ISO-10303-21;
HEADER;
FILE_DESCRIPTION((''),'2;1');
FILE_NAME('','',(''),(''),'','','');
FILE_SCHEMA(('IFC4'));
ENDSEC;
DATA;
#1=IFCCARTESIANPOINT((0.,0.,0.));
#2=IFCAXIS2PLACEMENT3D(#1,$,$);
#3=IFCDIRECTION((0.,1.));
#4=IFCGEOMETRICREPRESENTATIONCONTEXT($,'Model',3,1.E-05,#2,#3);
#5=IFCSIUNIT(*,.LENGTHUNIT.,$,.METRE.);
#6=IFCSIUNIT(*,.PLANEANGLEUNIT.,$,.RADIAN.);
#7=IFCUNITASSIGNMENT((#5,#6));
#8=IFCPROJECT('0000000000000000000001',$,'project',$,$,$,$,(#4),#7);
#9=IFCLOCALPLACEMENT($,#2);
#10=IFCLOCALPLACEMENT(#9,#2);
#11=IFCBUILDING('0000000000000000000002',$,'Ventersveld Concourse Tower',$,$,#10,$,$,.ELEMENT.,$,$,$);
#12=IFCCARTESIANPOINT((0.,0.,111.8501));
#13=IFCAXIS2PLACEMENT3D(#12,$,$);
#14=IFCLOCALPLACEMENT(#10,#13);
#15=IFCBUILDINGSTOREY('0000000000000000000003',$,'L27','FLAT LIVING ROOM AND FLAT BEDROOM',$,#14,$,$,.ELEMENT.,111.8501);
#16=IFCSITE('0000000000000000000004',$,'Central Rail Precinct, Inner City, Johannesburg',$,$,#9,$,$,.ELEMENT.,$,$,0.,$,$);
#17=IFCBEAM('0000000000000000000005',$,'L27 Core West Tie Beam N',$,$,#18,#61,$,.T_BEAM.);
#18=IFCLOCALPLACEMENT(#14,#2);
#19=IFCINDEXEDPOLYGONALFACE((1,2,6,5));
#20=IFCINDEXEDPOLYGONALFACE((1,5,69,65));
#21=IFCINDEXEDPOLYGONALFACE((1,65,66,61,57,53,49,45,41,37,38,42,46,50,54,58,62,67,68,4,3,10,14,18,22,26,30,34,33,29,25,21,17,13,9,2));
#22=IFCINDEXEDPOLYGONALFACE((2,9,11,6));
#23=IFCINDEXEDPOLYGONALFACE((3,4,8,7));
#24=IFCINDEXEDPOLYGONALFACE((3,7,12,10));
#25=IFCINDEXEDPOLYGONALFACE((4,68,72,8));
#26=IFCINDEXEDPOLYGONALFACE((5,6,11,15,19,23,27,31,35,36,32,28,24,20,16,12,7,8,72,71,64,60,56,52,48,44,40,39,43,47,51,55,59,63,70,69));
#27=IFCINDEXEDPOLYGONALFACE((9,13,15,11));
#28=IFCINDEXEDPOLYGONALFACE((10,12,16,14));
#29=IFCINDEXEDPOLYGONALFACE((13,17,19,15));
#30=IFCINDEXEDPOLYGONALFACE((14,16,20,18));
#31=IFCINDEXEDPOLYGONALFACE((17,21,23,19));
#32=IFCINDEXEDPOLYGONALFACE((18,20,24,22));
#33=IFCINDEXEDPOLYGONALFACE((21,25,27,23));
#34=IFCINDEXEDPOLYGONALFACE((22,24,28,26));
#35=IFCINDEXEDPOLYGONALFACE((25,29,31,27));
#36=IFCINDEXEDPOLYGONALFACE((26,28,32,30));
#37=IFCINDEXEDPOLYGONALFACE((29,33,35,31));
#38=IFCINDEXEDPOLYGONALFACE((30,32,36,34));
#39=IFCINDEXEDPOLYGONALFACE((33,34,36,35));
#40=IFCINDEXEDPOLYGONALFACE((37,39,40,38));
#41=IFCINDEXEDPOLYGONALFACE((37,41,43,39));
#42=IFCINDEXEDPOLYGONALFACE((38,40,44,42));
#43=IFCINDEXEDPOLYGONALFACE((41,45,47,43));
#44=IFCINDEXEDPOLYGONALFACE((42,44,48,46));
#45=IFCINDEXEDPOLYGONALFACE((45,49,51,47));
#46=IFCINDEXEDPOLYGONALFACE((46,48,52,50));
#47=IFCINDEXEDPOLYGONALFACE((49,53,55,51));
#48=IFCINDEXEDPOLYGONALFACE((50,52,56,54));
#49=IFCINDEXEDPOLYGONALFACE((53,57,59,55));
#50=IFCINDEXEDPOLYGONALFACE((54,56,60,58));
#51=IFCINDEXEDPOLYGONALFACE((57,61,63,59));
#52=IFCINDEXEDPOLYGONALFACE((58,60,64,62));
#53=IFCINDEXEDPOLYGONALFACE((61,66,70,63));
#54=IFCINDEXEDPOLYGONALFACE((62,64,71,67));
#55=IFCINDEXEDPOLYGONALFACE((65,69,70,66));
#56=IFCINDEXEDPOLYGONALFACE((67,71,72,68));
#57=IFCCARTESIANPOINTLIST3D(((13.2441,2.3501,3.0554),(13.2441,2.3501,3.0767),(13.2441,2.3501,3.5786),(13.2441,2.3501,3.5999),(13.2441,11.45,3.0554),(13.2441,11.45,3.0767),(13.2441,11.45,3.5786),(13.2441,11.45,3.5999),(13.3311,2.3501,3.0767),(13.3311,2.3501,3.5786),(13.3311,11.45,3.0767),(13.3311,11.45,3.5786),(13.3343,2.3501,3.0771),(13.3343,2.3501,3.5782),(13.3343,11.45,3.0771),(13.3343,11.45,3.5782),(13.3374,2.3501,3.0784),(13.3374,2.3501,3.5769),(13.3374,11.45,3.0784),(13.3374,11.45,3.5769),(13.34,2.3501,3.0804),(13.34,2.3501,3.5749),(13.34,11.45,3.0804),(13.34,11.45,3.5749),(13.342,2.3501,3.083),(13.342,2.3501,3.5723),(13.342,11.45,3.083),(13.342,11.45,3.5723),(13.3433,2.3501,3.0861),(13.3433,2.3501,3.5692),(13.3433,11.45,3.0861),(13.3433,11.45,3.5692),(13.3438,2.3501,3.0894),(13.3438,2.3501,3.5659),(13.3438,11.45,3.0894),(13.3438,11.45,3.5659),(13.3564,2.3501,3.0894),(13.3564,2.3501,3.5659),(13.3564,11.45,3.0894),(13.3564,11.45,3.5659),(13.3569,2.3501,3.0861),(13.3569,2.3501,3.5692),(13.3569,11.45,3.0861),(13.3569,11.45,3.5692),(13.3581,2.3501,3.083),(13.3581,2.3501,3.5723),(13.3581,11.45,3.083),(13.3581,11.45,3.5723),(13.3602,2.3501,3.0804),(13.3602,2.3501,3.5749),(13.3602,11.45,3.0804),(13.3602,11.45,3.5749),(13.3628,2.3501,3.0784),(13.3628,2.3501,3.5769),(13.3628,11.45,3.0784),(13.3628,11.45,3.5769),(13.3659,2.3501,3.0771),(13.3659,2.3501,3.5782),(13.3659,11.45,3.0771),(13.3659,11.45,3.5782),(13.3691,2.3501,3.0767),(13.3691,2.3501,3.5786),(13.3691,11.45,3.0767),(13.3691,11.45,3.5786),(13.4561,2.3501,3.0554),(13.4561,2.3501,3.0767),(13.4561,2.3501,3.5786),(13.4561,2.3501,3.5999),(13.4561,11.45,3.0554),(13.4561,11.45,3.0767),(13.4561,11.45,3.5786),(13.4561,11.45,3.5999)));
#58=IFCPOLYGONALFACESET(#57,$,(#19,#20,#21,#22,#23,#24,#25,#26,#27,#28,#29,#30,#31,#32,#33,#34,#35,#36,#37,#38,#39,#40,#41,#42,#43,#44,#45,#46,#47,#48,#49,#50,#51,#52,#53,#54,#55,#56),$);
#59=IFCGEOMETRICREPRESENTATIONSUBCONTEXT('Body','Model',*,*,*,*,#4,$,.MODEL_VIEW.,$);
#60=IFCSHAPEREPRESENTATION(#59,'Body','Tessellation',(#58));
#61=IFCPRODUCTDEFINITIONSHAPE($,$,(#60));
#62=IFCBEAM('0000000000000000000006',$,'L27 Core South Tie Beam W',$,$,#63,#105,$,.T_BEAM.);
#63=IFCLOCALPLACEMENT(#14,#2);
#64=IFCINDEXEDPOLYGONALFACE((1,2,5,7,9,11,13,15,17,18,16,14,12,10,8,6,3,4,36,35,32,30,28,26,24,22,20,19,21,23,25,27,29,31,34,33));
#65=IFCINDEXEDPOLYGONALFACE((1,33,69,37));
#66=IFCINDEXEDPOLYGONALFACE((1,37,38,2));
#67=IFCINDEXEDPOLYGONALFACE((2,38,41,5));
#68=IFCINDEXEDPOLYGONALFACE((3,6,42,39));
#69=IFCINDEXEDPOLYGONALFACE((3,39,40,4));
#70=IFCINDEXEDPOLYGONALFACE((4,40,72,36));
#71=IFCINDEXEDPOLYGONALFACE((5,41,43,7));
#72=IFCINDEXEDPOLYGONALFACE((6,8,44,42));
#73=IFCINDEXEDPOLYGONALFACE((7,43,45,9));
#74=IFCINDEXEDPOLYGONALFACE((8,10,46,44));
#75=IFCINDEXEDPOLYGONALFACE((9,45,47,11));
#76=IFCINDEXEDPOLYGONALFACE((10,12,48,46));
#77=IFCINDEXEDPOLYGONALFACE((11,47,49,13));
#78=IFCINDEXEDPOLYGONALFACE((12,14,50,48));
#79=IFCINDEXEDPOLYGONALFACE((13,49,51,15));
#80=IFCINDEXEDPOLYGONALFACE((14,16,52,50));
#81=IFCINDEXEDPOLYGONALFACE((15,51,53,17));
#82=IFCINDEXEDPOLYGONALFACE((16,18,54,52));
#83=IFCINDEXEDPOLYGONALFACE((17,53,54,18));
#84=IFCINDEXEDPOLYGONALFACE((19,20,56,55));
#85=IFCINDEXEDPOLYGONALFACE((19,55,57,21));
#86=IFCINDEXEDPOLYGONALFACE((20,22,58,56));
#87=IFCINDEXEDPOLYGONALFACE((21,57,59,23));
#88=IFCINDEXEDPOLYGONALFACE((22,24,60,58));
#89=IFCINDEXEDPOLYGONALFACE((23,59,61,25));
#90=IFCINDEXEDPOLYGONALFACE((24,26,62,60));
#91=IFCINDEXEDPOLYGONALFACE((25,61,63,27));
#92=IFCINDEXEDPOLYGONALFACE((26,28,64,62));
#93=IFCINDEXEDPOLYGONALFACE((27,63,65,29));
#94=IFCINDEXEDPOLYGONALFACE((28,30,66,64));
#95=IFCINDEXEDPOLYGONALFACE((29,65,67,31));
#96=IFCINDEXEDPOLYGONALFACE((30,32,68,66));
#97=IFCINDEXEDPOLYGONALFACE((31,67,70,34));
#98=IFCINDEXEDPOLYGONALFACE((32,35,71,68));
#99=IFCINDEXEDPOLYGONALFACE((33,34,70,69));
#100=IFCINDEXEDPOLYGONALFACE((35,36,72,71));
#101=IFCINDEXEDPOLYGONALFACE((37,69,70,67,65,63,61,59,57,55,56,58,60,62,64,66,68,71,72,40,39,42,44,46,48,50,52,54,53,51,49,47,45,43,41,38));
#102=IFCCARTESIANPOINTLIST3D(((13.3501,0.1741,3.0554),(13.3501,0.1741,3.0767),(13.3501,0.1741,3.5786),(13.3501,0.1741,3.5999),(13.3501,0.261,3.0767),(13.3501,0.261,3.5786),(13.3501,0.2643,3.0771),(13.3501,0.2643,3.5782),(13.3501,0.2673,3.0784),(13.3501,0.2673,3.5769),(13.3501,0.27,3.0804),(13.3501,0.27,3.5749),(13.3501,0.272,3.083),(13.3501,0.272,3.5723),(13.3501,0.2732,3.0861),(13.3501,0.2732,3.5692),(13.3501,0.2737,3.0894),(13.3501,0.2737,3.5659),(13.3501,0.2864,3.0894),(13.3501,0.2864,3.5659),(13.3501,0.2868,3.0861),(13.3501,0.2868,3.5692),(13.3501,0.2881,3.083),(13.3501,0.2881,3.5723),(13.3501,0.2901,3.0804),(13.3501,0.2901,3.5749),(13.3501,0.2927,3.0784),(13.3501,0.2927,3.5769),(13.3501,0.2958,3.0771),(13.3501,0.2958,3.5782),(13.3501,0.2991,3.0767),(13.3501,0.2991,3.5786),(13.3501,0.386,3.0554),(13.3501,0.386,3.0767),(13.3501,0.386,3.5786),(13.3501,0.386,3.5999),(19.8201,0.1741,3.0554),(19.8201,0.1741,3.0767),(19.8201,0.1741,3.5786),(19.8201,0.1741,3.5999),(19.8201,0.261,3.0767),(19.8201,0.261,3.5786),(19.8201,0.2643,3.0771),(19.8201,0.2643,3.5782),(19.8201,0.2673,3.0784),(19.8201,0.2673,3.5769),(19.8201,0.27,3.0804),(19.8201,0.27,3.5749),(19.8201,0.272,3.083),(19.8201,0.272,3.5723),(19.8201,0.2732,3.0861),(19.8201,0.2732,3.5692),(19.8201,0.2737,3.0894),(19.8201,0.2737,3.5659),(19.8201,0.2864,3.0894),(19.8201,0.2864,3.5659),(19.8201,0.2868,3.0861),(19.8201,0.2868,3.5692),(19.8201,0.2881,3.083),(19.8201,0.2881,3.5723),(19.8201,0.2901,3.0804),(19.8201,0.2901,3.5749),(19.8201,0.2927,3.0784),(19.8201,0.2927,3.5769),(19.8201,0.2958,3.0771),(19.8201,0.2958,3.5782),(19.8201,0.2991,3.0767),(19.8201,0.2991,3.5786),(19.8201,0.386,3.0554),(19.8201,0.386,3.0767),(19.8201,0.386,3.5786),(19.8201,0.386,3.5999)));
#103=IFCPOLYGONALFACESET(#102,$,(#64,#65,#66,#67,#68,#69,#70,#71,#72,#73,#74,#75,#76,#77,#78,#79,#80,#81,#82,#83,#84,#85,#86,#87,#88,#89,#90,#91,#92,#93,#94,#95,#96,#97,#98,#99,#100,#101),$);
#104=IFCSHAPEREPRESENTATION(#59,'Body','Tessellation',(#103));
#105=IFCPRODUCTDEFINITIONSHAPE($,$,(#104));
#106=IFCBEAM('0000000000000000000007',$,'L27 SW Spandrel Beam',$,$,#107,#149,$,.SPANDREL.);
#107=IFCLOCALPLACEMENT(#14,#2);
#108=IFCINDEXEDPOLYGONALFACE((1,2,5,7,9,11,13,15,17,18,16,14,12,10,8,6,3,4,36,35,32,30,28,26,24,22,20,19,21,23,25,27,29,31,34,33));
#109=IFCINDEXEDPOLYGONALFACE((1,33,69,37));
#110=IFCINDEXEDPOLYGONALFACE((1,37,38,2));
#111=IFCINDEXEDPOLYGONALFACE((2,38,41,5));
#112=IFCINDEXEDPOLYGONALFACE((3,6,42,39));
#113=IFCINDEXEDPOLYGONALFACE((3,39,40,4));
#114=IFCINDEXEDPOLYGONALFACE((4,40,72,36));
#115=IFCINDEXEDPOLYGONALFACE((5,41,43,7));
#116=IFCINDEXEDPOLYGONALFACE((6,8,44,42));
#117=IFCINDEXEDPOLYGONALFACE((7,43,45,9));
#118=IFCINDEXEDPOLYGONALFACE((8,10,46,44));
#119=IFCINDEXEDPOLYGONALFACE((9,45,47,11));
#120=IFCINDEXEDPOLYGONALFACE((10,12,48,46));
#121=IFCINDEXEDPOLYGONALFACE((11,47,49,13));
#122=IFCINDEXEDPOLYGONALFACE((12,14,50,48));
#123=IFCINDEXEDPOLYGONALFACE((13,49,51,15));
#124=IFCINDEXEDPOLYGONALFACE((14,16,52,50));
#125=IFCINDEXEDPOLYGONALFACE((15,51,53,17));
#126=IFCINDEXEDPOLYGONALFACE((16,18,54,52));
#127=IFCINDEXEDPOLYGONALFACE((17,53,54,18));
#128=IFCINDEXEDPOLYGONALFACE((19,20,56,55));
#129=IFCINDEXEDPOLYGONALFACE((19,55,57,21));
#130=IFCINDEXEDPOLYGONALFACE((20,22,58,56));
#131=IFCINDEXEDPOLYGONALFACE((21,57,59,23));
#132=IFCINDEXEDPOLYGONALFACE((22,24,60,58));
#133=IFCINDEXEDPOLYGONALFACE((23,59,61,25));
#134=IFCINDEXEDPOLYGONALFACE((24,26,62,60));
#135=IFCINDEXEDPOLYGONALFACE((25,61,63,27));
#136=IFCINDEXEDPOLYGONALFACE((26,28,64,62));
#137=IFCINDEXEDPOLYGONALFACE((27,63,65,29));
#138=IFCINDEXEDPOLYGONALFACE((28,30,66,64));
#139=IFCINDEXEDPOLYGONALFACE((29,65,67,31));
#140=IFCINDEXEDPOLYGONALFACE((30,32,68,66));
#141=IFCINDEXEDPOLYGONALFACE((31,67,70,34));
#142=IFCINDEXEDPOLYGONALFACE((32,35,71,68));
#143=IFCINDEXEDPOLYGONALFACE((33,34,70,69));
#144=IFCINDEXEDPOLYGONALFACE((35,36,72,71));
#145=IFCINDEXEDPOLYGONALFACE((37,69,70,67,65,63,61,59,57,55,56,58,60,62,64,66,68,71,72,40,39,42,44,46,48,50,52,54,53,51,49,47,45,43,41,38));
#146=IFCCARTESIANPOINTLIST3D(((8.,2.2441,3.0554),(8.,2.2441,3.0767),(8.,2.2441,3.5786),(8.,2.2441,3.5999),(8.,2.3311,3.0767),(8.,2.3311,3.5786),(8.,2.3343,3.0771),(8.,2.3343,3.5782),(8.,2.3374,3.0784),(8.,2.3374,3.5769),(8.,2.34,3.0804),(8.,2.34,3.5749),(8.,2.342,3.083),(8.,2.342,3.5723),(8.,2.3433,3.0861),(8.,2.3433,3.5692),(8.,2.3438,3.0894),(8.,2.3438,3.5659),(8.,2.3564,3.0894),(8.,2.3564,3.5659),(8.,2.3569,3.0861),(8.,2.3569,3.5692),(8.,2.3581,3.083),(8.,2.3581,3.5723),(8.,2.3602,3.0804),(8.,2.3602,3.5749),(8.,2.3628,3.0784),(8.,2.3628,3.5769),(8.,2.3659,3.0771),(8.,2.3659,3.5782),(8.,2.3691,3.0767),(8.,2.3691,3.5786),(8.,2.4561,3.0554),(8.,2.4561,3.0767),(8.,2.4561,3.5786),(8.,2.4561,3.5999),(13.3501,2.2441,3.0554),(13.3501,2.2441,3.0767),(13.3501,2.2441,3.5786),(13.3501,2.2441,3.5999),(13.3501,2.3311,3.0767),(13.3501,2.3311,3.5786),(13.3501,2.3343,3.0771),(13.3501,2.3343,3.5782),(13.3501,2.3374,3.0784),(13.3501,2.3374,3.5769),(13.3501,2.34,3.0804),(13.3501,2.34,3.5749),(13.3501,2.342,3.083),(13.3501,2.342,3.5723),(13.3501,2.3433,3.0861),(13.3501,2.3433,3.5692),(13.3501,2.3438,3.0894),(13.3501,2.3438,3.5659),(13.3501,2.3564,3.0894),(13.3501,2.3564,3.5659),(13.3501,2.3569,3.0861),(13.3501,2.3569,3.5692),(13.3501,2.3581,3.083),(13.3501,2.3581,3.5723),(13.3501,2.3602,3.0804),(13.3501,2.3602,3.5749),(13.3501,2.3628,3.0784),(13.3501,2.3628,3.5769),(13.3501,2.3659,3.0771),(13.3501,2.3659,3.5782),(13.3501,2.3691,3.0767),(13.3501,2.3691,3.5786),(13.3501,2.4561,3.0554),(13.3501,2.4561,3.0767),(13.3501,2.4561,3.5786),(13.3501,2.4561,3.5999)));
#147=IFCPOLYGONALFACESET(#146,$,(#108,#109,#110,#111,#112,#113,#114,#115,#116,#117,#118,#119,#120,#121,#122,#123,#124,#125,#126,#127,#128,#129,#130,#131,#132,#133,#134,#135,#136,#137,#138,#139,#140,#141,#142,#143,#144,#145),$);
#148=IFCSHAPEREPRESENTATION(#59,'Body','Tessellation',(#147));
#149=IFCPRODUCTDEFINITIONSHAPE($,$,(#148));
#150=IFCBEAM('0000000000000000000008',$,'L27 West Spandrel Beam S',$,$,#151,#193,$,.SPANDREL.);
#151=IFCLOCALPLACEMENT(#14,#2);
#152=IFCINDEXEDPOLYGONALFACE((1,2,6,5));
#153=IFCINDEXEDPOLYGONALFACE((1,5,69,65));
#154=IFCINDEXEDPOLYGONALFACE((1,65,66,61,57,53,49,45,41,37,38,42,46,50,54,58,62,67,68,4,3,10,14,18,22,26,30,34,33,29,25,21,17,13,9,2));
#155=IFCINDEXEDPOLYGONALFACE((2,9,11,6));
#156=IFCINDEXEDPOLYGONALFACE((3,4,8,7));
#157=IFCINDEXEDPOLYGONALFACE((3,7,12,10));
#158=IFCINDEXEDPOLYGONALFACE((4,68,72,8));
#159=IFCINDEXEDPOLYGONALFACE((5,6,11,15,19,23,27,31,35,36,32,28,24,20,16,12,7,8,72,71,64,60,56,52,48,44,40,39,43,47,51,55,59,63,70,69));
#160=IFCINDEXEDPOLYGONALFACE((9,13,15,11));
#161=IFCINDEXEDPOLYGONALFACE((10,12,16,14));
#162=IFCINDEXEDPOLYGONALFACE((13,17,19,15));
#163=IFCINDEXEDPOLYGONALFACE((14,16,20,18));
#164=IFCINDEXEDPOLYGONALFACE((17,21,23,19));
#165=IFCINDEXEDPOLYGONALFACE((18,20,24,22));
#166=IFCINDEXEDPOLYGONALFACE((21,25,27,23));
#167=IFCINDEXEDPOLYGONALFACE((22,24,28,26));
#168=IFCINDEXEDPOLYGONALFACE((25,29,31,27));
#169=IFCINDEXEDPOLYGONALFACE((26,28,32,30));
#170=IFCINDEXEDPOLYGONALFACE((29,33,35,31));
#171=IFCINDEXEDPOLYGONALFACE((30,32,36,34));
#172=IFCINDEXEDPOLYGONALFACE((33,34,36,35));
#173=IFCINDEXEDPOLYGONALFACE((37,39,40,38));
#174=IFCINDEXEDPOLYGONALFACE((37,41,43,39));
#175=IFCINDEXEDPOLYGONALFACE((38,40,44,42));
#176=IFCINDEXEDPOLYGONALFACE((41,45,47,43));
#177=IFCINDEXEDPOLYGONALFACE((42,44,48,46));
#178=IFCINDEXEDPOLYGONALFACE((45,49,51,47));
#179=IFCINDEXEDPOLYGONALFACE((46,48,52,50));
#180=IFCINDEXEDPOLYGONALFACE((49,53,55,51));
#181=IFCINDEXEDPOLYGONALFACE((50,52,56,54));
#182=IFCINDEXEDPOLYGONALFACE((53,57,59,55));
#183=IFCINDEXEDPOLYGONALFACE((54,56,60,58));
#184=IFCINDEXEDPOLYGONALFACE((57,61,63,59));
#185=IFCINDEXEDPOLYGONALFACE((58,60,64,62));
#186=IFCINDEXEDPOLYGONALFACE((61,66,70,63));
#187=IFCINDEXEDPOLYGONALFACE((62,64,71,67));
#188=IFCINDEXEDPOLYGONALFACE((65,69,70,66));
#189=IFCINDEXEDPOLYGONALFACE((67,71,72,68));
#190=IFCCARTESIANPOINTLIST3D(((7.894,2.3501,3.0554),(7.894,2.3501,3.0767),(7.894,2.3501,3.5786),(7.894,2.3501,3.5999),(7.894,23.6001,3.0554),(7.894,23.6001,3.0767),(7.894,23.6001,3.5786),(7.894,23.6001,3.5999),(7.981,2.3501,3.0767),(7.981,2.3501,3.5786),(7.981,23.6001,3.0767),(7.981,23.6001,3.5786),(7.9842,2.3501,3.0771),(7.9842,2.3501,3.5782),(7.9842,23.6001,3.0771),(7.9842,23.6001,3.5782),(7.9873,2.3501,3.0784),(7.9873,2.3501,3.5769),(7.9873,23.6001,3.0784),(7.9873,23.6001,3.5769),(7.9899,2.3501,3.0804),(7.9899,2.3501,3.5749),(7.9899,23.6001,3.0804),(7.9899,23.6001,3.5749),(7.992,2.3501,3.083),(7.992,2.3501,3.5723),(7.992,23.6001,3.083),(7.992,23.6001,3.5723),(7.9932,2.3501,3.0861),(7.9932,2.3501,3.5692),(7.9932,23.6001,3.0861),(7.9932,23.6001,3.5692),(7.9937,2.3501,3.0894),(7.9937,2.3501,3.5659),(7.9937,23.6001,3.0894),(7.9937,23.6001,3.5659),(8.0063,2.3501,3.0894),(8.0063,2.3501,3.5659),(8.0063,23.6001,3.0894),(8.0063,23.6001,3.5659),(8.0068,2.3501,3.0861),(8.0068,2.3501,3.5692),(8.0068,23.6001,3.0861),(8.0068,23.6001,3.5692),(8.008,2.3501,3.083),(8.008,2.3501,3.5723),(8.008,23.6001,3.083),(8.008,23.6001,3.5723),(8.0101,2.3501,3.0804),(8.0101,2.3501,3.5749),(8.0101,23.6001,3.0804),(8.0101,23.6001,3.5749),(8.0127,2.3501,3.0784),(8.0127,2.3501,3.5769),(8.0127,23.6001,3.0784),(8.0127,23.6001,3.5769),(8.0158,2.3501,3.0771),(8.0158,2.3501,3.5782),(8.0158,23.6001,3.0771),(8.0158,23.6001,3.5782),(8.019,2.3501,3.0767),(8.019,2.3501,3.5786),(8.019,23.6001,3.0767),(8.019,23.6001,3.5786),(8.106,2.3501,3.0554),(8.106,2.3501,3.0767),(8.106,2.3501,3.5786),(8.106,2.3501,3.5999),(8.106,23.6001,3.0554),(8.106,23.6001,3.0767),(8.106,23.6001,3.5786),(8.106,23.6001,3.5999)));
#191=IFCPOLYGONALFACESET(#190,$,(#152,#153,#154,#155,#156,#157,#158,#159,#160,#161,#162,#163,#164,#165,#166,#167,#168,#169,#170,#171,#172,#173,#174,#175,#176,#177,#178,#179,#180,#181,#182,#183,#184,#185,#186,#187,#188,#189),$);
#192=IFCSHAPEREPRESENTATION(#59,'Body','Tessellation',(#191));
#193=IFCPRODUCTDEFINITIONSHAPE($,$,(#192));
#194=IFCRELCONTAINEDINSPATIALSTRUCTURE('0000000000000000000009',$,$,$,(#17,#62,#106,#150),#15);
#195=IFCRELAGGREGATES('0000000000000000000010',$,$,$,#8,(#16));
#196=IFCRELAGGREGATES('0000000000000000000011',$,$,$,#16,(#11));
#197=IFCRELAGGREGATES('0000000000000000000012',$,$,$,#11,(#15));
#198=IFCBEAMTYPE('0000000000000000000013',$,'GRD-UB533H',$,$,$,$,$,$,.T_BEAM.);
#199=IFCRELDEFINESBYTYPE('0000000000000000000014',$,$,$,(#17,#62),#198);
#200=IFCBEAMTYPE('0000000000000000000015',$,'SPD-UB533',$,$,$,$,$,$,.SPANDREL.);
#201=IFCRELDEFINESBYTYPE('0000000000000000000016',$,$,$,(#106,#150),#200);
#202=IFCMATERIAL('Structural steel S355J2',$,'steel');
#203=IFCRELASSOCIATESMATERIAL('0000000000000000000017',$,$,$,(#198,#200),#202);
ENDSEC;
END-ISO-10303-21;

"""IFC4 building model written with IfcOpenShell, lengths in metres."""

from ifc_helpers import new_model, si_unit, direction, frame, origin, origin_2d, place, context, subcontext, project, spatial, i_section, extrude, material, material_profile, profile_set, type_object, element, save


model = new_model("IFC4")

# Units and contexts
model_context = context("Model", 3, precision=1e-05, world=origin(), true_north=direction((0.0, 1.0)))
body_context = subcontext(model_context, "Body", "Model", "MODEL_VIEW")
ifc_project = project(units=[si_unit("LENGTHUNIT", "METRE"), si_unit("PLANEANGLEUNIT", "RADIAN")], contexts=[model_context])

# Site, building, storey
site_placement = place(None, origin())
site = spatial("IfcSite", under=ifc_project, at=site_placement, Name="Central Rail Precinct, Inner City, Johannesburg", CompositionType="ELEMENT", RefElevation=0.0)
building_placement = place(site_placement, origin())
building = spatial("IfcBuilding", under=site, at=building_placement, Name="Ventersveld Concourse Tower", CompositionType="ELEMENT")
storey_placement = place(building_placement, frame((0.0, 0.0, 111.8501)))
storey = spatial("IfcBuildingStorey", under=building, at=storey_placement, Name="L27", Description="FLAT LIVING ROOM AND FLAT BEDROOM", CompositionType="ELEMENT", Elevation=111.8501)

# Beams
ifc_material_1 = material(Name="Structural steel S355J2", Category="steel")
ifc_material_profile_1 = material_profile(ifc_material_1, i_section(OverallWidth=0.2119, OverallDepth=0.5444, WebThickness=0.0127, FlangeThickness=0.0212, FilletRadius=0.0127, at=origin_2d()), Name="UB 533x210x122")
ifc_profile_set_1 = profile_set([ifc_material_profile_1], Name="Structural steel S355J2")
beam_type_1 = type_object("IfcBeamType", Name="GRD-UB533H", PredefinedType="T_BEAM", material=ifc_profile_set_1)
beam_1_placement = place(storey_placement, frame((13.3501, 2.3501, 3.3276), z_axis=(0.0, 1.0, 0.0), x_axis=(-1.0, 0.0, 0.0)))
element("IfcBeam", 1, at=beam_1_placement, inside=storey, type_object=beam_type_1, Name="L27 Core West Tie Beam N", PredefinedType="T_BEAM", context=body_context, shape_type="SweptSolid", body=[
    extrude(i_section(OverallWidth=0.2119, OverallDepth=0.5444, WebThickness=0.0127, FlangeThickness=0.0212, FilletRadius=0.0127, at=origin_2d()), origin(), (0.0, 0.0, 1.0), 9.0999),
])
beam_2_placement = place(storey_placement, frame((13.3501, 0.28, 3.3276), z_axis=(1.0, 0.0, 0.0), x_axis=(0.0, 1.0, 0.0)))
element("IfcBeam", 2, at=beam_2_placement, inside=storey, type_object=beam_type_1, Name="L27 Core South Tie Beam W", PredefinedType="T_BEAM", context=body_context, shape_type="SweptSolid", body=[
    extrude(i_section(OverallWidth=0.2119, OverallDepth=0.5444, WebThickness=0.0127, FlangeThickness=0.0212, FilletRadius=0.0127, at=origin_2d()), origin(), (0.0, 0.0, 1.0), 6.47),
])
ifc_material_profile_2 = material_profile(ifc_material_1, i_section(OverallWidth=0.2119, OverallDepth=0.5444, WebThickness=0.0127, FlangeThickness=0.0212, FilletRadius=0.0127, at=origin_2d()), Name="UB 533x210x122")
ifc_profile_set_2 = profile_set([ifc_material_profile_2], Name="Structural steel S355J2")
beam_type_2 = type_object("IfcBeamType", Name="SPD-UB533", PredefinedType="SPANDREL", material=ifc_profile_set_2)
beam_3_placement = place(storey_placement, frame((8.0, 2.3501, 3.3276), z_axis=(1.0, 0.0, 0.0), x_axis=(0.0, 1.0, 0.0)))
element("IfcBeam", 3, at=beam_3_placement, inside=storey, type_object=beam_type_2, Name="L27 SW Spandrel Beam", PredefinedType="SPANDREL", context=body_context, shape_type="SweptSolid", body=[
    extrude(i_section(OverallWidth=0.2119, OverallDepth=0.5444, WebThickness=0.0127, FlangeThickness=0.0212, FilletRadius=0.0127, at=origin_2d()), origin(), (0.0, 0.0, 1.0), 5.3501),
])
beam_4_placement = place(storey_placement, frame((8.0, 2.3501, 3.3276), z_axis=(0.0, 1.0, 0.0), x_axis=(-1.0, 0.0, 0.0)))
element("IfcBeam", 4, at=beam_4_placement, inside=storey, type_object=beam_type_2, Name="L27 West Spandrel Beam S", PredefinedType="SPANDREL", context=body_context, shape_type="SweptSolid", body=[
    extrude(i_section(OverallWidth=0.2119, OverallDepth=0.5444, WebThickness=0.0127, FlangeThickness=0.0212, FilletRadius=0.0127, at=origin_2d()), origin(), (0.0, 0.0, 1.0), 21.25),
])

save(model, "model.ifc")
